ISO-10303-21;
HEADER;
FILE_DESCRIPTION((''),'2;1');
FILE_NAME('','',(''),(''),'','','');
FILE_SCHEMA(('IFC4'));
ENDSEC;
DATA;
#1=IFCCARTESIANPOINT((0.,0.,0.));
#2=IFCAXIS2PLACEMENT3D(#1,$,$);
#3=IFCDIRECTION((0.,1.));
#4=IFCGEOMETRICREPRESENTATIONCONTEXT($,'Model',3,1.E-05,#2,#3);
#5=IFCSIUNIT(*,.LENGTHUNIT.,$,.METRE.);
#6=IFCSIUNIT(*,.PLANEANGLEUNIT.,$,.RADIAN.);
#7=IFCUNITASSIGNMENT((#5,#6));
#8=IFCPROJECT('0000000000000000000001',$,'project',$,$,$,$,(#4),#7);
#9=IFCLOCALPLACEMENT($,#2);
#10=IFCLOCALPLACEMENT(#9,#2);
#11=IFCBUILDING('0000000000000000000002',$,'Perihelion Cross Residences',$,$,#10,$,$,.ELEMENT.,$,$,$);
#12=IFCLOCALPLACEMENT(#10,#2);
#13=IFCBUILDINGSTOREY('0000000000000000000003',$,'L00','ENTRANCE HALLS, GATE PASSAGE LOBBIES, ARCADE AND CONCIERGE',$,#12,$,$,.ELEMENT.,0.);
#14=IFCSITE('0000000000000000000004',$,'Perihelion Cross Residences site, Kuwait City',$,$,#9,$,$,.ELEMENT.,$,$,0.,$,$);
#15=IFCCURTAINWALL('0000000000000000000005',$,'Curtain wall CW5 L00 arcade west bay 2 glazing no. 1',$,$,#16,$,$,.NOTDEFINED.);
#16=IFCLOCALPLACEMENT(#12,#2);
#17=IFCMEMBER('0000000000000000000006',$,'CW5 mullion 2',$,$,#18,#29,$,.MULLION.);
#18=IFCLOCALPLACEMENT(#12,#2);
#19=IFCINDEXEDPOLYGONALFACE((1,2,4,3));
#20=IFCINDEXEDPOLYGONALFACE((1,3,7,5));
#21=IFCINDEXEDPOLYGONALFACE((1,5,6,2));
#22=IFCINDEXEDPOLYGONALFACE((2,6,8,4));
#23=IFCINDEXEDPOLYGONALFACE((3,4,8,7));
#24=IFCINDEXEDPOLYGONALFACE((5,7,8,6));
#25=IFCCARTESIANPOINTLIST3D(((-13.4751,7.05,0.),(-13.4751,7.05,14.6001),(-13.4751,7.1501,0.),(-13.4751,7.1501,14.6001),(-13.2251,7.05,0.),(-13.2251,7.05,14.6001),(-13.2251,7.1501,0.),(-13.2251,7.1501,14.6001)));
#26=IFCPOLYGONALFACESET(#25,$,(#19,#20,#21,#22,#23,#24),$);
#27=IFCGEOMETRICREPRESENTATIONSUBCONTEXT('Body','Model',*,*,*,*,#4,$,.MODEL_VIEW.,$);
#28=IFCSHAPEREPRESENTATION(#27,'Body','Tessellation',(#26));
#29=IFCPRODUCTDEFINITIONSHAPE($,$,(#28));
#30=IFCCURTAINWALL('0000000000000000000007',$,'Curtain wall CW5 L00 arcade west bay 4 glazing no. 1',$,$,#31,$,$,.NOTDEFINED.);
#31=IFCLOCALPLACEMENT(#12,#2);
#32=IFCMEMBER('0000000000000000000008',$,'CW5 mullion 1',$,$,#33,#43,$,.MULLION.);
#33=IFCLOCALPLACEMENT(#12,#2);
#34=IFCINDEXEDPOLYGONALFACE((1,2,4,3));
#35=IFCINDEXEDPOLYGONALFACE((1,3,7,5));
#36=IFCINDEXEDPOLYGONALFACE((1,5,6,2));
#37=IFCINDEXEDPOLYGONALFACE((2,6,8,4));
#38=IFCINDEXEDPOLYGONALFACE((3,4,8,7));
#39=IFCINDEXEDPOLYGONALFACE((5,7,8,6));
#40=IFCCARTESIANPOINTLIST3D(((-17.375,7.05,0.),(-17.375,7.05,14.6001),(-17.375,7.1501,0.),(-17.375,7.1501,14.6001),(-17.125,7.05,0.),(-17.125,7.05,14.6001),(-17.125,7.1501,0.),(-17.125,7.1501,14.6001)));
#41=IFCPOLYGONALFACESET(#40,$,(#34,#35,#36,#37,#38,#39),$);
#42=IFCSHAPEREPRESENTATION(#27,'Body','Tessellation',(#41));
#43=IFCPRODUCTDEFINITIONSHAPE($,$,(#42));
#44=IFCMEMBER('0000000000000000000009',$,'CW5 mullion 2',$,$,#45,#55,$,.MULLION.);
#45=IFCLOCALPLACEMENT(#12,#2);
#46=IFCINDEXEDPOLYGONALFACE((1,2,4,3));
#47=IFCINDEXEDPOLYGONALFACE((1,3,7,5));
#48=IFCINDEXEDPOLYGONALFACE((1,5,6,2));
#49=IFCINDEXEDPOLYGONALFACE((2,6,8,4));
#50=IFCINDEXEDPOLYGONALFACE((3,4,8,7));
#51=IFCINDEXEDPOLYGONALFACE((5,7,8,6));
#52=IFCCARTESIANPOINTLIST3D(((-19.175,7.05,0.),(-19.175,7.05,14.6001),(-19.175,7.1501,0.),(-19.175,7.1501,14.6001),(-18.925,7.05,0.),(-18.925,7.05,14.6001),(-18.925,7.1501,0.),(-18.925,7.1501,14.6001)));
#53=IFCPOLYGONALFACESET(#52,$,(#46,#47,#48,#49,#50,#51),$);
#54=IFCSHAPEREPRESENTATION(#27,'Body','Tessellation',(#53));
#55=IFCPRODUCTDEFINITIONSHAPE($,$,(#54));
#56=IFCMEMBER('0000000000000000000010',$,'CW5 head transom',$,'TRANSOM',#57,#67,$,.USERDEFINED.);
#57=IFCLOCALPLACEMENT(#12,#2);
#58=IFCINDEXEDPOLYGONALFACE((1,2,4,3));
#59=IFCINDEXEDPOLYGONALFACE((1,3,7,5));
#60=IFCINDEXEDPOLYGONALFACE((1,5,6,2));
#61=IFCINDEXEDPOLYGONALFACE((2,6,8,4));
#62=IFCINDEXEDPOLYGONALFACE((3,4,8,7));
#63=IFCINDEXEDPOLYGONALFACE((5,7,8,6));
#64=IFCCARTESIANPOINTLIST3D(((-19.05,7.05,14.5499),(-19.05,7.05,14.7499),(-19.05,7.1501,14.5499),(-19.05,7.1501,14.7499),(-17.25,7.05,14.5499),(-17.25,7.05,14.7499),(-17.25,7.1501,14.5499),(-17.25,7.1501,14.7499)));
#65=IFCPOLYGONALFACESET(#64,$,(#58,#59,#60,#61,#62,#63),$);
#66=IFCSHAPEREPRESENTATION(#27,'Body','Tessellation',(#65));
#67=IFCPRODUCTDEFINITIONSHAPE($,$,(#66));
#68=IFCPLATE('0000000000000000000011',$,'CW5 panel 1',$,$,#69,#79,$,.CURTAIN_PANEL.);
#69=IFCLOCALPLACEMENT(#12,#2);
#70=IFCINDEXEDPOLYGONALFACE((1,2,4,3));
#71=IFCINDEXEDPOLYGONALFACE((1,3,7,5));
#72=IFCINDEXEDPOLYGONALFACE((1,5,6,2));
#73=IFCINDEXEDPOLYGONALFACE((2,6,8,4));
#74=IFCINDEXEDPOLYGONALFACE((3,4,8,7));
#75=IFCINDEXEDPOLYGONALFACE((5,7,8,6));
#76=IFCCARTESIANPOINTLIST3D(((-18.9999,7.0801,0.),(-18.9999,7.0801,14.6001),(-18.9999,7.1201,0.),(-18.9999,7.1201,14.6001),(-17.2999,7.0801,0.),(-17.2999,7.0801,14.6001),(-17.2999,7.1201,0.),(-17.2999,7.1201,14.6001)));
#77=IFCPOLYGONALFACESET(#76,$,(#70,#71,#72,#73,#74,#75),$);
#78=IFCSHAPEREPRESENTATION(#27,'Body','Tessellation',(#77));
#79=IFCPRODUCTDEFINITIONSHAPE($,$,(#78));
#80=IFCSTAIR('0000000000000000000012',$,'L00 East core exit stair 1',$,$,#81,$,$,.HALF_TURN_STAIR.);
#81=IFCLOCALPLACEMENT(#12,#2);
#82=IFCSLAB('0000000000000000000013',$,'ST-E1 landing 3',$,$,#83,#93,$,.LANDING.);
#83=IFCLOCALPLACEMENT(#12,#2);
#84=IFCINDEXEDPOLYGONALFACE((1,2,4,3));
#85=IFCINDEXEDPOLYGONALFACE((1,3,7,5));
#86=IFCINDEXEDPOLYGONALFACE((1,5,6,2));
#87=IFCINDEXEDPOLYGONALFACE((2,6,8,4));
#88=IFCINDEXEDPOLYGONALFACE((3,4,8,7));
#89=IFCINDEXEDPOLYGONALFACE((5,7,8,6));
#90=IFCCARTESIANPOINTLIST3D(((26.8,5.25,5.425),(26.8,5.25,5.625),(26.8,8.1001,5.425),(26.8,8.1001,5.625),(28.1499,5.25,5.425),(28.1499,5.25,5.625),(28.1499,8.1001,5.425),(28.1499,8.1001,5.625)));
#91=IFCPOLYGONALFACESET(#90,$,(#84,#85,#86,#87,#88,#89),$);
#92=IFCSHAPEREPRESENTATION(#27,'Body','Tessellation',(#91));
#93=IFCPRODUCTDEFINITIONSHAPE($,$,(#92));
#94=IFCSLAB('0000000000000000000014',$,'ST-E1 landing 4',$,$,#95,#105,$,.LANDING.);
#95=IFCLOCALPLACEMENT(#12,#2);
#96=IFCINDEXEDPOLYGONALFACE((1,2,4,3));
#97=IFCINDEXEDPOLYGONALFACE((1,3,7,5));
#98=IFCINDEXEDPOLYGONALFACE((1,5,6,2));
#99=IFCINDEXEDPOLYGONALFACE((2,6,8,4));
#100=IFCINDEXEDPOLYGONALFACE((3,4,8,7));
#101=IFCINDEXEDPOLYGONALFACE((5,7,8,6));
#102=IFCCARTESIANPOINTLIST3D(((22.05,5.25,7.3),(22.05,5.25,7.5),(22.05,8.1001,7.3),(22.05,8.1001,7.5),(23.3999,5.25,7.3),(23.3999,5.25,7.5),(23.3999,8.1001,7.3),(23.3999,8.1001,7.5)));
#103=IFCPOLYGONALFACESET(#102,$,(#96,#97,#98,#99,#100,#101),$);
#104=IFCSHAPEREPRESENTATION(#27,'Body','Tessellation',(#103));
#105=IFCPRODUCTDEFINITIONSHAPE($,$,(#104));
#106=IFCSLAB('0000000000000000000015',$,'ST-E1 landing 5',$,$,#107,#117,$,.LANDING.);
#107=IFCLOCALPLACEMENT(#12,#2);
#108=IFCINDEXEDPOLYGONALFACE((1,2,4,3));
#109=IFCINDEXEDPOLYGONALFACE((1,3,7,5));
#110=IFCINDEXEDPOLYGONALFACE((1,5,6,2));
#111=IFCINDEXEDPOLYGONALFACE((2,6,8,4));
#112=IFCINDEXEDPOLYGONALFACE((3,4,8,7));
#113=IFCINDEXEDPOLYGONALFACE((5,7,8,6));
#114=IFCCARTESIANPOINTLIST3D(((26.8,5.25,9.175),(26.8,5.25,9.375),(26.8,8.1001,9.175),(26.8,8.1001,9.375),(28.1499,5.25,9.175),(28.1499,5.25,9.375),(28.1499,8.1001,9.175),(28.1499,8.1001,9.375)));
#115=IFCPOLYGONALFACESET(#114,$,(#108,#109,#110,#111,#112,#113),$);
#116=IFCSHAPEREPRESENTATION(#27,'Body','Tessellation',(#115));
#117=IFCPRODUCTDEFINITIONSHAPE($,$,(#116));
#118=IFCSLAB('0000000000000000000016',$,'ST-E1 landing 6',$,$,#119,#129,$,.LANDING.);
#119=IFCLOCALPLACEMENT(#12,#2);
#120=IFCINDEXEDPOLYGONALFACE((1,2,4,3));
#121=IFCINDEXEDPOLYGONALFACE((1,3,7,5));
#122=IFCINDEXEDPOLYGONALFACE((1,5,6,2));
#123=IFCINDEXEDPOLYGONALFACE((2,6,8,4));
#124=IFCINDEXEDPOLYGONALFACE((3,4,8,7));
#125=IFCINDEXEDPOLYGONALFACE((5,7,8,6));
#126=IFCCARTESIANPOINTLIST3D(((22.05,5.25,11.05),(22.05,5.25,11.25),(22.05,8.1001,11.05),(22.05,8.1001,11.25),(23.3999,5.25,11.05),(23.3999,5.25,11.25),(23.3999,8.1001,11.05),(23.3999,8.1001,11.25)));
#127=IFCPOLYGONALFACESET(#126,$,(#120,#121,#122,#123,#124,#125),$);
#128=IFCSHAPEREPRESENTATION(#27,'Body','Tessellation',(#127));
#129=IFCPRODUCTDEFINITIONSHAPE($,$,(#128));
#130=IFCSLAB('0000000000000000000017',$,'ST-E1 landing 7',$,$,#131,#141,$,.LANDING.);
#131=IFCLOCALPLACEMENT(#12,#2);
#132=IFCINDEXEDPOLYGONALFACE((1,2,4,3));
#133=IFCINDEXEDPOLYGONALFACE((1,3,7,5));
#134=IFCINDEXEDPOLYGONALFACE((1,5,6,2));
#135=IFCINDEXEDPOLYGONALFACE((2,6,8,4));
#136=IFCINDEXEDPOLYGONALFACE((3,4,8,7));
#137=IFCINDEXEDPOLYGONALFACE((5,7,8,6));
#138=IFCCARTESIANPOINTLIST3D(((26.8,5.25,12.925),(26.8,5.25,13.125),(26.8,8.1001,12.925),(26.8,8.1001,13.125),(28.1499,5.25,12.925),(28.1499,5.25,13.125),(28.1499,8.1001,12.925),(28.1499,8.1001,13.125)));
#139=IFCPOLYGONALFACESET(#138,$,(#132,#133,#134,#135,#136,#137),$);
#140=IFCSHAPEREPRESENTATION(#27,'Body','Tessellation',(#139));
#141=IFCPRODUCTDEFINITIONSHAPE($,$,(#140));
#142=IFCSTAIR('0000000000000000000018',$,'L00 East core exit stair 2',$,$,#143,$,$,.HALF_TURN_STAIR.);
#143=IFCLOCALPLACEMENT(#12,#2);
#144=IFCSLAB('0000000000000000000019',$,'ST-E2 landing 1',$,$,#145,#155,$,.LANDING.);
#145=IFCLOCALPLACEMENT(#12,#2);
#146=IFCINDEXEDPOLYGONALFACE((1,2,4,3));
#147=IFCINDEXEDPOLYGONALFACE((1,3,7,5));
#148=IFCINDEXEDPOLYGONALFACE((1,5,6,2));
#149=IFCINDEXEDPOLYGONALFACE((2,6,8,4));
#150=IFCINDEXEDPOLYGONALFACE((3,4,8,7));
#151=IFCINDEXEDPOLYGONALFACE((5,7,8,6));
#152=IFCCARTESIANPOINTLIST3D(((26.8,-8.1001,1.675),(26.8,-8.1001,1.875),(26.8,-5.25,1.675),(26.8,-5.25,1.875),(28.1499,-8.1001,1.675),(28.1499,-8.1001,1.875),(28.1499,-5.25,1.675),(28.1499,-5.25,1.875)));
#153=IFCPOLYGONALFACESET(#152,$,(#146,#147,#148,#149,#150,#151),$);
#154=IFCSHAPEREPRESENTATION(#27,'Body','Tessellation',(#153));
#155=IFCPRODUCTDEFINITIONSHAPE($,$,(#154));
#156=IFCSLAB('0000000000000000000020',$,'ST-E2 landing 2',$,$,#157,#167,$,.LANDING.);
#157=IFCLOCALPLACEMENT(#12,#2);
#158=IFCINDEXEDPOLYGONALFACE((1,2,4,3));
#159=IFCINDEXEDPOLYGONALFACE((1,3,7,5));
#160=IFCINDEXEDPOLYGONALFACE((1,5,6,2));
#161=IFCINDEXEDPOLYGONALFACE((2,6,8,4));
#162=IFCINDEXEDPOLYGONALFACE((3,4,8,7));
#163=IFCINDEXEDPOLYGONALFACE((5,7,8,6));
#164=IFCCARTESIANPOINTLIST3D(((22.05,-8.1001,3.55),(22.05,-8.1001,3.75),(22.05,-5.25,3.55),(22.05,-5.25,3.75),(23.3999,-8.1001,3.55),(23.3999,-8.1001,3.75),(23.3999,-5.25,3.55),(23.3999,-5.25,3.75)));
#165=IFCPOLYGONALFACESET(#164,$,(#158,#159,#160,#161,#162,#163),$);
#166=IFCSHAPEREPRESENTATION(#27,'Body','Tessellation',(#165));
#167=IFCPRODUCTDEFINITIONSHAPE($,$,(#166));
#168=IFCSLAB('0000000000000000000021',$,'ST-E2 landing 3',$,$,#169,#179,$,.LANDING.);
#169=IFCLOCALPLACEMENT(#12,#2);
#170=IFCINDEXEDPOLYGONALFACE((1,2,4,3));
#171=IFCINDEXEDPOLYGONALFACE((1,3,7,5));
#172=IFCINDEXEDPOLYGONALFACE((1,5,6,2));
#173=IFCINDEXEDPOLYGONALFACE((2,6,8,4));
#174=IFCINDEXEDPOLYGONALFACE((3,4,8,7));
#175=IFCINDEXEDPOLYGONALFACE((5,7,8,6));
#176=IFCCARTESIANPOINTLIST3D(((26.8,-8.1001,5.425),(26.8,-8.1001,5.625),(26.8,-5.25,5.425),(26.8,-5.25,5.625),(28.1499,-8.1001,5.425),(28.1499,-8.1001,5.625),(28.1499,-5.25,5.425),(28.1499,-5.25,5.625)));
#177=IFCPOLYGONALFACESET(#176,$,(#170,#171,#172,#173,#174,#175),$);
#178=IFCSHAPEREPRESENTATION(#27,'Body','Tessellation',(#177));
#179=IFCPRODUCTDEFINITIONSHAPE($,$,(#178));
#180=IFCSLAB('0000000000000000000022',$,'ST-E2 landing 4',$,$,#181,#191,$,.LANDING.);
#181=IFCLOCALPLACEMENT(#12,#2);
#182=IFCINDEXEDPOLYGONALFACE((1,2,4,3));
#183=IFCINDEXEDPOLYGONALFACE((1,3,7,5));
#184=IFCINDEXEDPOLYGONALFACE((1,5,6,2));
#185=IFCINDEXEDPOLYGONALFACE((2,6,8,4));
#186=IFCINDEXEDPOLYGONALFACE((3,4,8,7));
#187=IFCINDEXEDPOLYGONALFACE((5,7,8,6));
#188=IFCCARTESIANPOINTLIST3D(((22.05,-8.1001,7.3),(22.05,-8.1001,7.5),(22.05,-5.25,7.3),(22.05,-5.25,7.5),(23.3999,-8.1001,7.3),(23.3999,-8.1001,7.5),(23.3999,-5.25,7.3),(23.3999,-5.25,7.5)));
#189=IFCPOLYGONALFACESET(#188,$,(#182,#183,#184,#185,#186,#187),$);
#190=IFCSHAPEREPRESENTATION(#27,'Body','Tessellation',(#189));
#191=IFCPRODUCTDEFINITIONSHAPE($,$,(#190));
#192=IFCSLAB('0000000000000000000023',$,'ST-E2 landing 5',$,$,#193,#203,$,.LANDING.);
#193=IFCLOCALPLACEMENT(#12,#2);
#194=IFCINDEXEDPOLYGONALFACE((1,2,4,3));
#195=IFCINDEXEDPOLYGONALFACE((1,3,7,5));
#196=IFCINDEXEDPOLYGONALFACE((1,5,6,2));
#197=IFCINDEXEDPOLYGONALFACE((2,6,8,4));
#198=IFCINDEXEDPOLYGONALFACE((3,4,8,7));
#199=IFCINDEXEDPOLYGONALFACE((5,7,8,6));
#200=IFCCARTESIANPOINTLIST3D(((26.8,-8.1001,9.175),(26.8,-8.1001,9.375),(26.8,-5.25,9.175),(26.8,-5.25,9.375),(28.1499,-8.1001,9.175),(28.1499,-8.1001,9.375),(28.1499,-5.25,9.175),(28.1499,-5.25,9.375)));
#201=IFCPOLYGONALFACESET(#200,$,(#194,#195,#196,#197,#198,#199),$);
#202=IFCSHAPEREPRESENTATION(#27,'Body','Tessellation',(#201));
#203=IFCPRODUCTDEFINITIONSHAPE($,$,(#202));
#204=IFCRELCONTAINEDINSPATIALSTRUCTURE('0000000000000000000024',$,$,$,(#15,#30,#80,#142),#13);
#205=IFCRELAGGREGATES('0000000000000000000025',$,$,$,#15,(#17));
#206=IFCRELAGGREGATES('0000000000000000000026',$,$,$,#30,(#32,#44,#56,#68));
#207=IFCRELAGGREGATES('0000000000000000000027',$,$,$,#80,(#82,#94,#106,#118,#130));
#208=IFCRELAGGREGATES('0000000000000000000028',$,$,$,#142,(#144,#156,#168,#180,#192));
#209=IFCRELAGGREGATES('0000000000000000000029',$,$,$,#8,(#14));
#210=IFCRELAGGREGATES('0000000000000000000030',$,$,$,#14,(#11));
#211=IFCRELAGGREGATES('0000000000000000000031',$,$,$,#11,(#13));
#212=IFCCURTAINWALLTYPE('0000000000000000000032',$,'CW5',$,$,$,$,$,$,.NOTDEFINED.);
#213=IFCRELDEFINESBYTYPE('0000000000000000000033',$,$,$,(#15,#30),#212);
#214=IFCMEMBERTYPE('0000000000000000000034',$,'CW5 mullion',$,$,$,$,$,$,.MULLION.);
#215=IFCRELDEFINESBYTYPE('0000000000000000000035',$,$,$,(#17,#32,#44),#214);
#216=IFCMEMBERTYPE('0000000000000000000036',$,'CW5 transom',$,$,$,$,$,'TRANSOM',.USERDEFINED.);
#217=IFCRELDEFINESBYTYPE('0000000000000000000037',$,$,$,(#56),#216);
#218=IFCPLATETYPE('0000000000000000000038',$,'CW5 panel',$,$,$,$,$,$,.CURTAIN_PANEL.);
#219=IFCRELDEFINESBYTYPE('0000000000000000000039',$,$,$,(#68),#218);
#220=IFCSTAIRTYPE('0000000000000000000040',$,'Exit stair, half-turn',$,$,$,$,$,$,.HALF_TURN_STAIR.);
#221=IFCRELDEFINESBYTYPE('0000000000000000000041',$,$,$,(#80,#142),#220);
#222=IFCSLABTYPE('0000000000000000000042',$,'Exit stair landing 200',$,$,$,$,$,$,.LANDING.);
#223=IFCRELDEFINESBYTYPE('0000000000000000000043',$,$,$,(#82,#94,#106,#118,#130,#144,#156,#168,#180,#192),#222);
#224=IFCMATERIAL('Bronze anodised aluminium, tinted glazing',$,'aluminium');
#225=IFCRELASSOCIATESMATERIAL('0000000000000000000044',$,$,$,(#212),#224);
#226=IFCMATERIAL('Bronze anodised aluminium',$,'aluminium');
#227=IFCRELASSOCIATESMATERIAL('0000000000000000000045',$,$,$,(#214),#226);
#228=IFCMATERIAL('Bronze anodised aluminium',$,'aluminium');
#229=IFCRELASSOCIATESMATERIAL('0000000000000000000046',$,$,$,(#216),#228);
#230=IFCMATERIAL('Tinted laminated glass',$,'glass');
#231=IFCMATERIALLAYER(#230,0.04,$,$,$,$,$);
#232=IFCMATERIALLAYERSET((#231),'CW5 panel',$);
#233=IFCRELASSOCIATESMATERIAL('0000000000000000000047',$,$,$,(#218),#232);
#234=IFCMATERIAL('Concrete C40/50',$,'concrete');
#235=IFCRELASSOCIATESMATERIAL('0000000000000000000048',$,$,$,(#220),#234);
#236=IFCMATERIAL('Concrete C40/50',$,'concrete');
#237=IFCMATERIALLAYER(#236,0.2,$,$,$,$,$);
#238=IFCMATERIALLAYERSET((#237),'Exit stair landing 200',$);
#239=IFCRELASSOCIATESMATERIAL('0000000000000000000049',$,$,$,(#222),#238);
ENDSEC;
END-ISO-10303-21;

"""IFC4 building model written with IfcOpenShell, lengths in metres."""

from ifc_helpers import new_model, si_unit, direction, frame, origin, origin_2d, place, context, subcontext, project, spatial, polyline, rectangle, outline, extrude, material, layer, layer_set, material_profile, profile_set, type_object, element, aggregate, save


model = new_model("IFC4")

# Units and contexts
model_context = context("Model", 3, precision=1e-05, world=origin(), true_north=direction((0.0, 1.0)))
body_context = subcontext(model_context, "Body", "Model", "MODEL_VIEW")
ifc_project = project(units=[si_unit("LENGTHUNIT", "METRE"), si_unit("PLANEANGLEUNIT", "RADIAN")], contexts=[model_context])

# Site, building, storey
site_placement = place(None, origin())
site = spatial("IfcSite", under=ifc_project, at=site_placement, Name="Perihelion Cross Residences site, Kuwait City", CompositionType="ELEMENT", RefElevation=0.0)
building_placement = place(site_placement, origin())
building = spatial("IfcBuilding", under=site, at=building_placement, Name="Perihelion Cross Residences", CompositionType="ELEMENT")
storey_placement = place(building_placement, origin())
storey = spatial("IfcBuildingStorey", under=building, at=storey_placement, Name="L00", Description="ENTRANCE HALLS, GATE PASSAGE LOBBIES, ARCADE AND CONCIERGE", CompositionType="ELEMENT", Elevation=0.0)

# Curtain wall, member
ifc_material_1 = material(Name="Bronze anodised aluminium, tinted glazing", Category="aluminium")
curtain_wall_type = type_object("IfcCurtainWallType", Name="CW5", PredefinedType="NOTDEFINED", material=ifc_material_1)
curtain_wall_1_placement = place(storey_placement, origin())
curtain_wall_1 = element("IfcCurtainWall", 1, at=curtain_wall_1_placement, inside=storey, type_object=curtain_wall_type, Name="Curtain wall CW5 L00 arcade west bay 2 glazing no. 1", PredefinedType="NOTDEFINED")
ifc_material_2 = material(Name="Bronze anodised aluminium", Category="aluminium")
ifc_material_profile_1 = material_profile(ifc_material_2, rectangle(XDim=0.1001, YDim=0.25, at=origin_2d()), Name="CW5 mullion")
ifc_profile_set_1 = profile_set([ifc_material_profile_1], Name="Bronze anodised aluminium")
member_type_1 = type_object("IfcMemberType", Name="CW5 mullion", PredefinedType="MULLION", material=ifc_profile_set_1)
member_1_placement = place(storey_placement, frame((-13.3501, 7.1001, 0.0), z_axis=(0.0, 0.0, 1.0), x_axis=(0.0, -1.0, 0.0)))
member_1 = element("IfcMember", 2, at=member_1_placement, type_object=member_type_1, Name="CW5 mullion 2", PredefinedType="MULLION", context=body_context, shape_type="SweptSolid", body=[
    extrude(rectangle(XDim=0.1001, YDim=0.25, at=origin_2d()), origin(), (0.0, 0.0, 1.0), 14.6001),
])
aggregate(curtain_wall_1, [member_1])

# Curtain wall, members, plate
curtain_wall_2_placement = place(storey_placement, origin())
curtain_wall_2 = element("IfcCurtainWall", 3, at=curtain_wall_2_placement, inside=storey, type_object=curtain_wall_type, Name="Curtain wall CW5 L00 arcade west bay 4 glazing no. 1", PredefinedType="NOTDEFINED")
member_2_placement = place(storey_placement, frame((-17.25, 7.1001, 0.0), z_axis=(0.0, 0.0, 1.0), x_axis=(0.0, -1.0, 0.0)))
member_2 = element("IfcMember", 4, at=member_2_placement, type_object=member_type_1, Name="CW5 mullion 1", PredefinedType="MULLION", context=body_context, shape_type="SweptSolid", body=[
    extrude(rectangle(XDim=0.1001, YDim=0.25, at=origin_2d()), origin(), (0.0, 0.0, 1.0), 14.6001),
])
member_3_placement = place(storey_placement, frame((-19.05, 7.1001, 0.0), z_axis=(0.0, 0.0, 1.0), x_axis=(0.0, -1.0, 0.0)))
member_3 = element("IfcMember", 5, at=member_3_placement, type_object=member_type_1, Name="CW5 mullion 2", PredefinedType="MULLION", context=body_context, shape_type="SweptSolid", body=[
    extrude(rectangle(XDim=0.1001, YDim=0.25, at=origin_2d()), origin(), (0.0, 0.0, 1.0), 14.6001),
])
ifc_material_3 = material(Name="Bronze anodised aluminium", Category="aluminium")
ifc_material_profile_2 = material_profile(ifc_material_3, rectangle(XDim=0.1001, YDim=0.2, at=origin_2d()), Name="CW5 transom")
ifc_profile_set_2 = profile_set([ifc_material_profile_2], Name="Bronze anodised aluminium")
member_type_2 = type_object("IfcMemberType", Name="CW5 transom", ElementType="TRANSOM", PredefinedType="USERDEFINED", material=ifc_profile_set_2)
member_4_placement = place(storey_placement, frame((-17.25, 7.1001, 14.6499), z_axis=(-1.0, 0.0, 0.0), x_axis=(0.0, -1.0, 0.0)))
member_4 = element("IfcMember", 6, at=member_4_placement, type_object=member_type_2, Name="CW5 head transom", ObjectType="TRANSOM", PredefinedType="USERDEFINED", context=body_context, shape_type="SweptSolid", body=[
    extrude(rectangle(XDim=0.1001, YDim=0.2, at=origin_2d()), origin(), (0.0, 0.0, 1.0), 1.8),
])
ifc_material_4 = material(Name="Tinted laminated glass", Category="glass")
ifc_layer_1 = layer(ifc_material_4, 0.04)
ifc_layer_set_1 = layer_set([ifc_layer_1], Name="CW5 panel")
plate_type = type_object("IfcPlateType", Name="CW5 panel", PredefinedType="CURTAIN_PANEL", material=ifc_layer_set_1)
plate_placement = place(storey_placement, frame((-18.1499, 7.1001, 0.0), z_axis=(0.0, 0.0, 1.0), x_axis=(-1.0, 0.0, 0.0)))
plate = element("IfcPlate", 7, at=plate_placement, type_object=plate_type, Name="CW5 panel 1", PredefinedType="CURTAIN_PANEL", context=body_context, shape_type="SweptSolid", body=[
    extrude(rectangle(XDim=1.7, YDim=0.04, at=origin_2d()), origin(), (0.0, 0.0, 1.0), 14.6001),
])
aggregate(curtain_wall_2, [member_2, member_3, member_4, plate])

# Stairs, slabs
ifc_material_5 = material(Name="Concrete C40/50", Category="concrete")
stair_type = type_object("IfcStairType", Name="Exit stair, half-turn", PredefinedType="HALF_TURN_STAIR", material=ifc_material_5)
stair_1_placement = place(storey_placement, origin())
stair_1 = element("IfcStair", 8, at=stair_1_placement, inside=storey, type_object=stair_type, Name="L00 East core exit stair 1", PredefinedType="HALF_TURN_STAIR")
ifc_material_6 = material(Name="Concrete C40/50", Category="concrete")
ifc_layer_2 = layer(ifc_material_6, 0.2)
ifc_layer_set_2 = layer_set([ifc_layer_2], Name="Exit stair landing 200")
slab_type = type_object("IfcSlabType", Name="Exit stair landing 200", PredefinedType="LANDING", material=ifc_layer_set_2)
slab_1_placement = place(storey_placement, frame((0.0, 0.0, 5.425)))
slab_1 = element("IfcSlab", 9, at=slab_1_placement, type_object=slab_type, Name="ST-E1 landing 3", PredefinedType="LANDING", context=body_context, shape_type="SweptSolid", body=[
    extrude(outline(polyline([(26.8, 5.25), (28.1499, 5.25), (28.1499, 8.1001), (26.8, 8.1001), (26.8, 5.25)])), origin(), (0.0, 0.0, 1.0), 0.2),
])
slab_2_placement = place(storey_placement, frame((0.0, 0.0, 7.3)))
slab_2 = element("IfcSlab", 10, at=slab_2_placement, type_object=slab_type, Name="ST-E1 landing 4", PredefinedType="LANDING", context=body_context, shape_type="SweptSolid", body=[
    extrude(outline(polyline([(22.05, 5.25), (23.3999, 5.25), (23.3999, 8.1001), (22.05, 8.1001), (22.05, 5.25)])), origin(), (0.0, 0.0, 1.0), 0.2),
])
slab_3_placement = place(storey_placement, frame((0.0, 0.0, 9.175)))
slab_3 = element("IfcSlab", 11, at=slab_3_placement, type_object=slab_type, Name="ST-E1 landing 5", PredefinedType="LANDING", context=body_context, shape_type="SweptSolid", body=[
    extrude(outline(polyline([(26.8, 5.25), (28.1499, 5.25), (28.1499, 8.1001), (26.8, 8.1001), (26.8, 5.25)])), origin(), (0.0, 0.0, 1.0), 0.2),
])
slab_4_placement = place(storey_placement, frame((0.0, 0.0, 11.05)))
slab_4 = element("IfcSlab", 12, at=slab_4_placement, type_object=slab_type, Name="ST-E1 landing 6", PredefinedType="LANDING", context=body_context, shape_type="SweptSolid", body=[
    extrude(outline(polyline([(22.05, 5.25), (23.3999, 5.25), (23.3999, 8.1001), (22.05, 8.1001), (22.05, 5.25)])), origin(), (0.0, 0.0, 1.0), 0.2),
])
slab_5_placement = place(storey_placement, frame((0.0, 0.0, 12.925)))
slab_5 = element("IfcSlab", 13, at=slab_5_placement, type_object=slab_type, Name="ST-E1 landing 7", PredefinedType="LANDING", context=body_context, shape_type="SweptSolid", body=[
    extrude(outline(polyline([(26.8, 5.25), (28.1499, 5.25), (28.1499, 8.1001), (26.8, 8.1001), (26.8, 5.25)])), origin(), (0.0, 0.0, 1.0), 0.2),
])
aggregate(stair_1, [slab_1, slab_2, slab_3, slab_4, slab_5])
stair_2_placement = place(storey_placement, origin())
stair_2 = element("IfcStair", 14, at=stair_2_placement, inside=storey, type_object=stair_type, Name="L00 East core exit stair 2", PredefinedType="HALF_TURN_STAIR")
slab_6_placement = place(storey_placement, frame((0.0, 0.0, 1.675)))
slab_6 = element("IfcSlab", 15, at=slab_6_placement, type_object=slab_type, Name="ST-E2 landing 1", PredefinedType="LANDING", context=body_context, shape_type="SweptSolid", body=[
    extrude(outline(polyline([(26.8, -8.1001), (28.1499, -8.1001), (28.1499, -5.25), (26.8, -5.25), (26.8, -8.1001)])), origin(), (0.0, 0.0, 1.0), 0.2),
])
slab_7_placement = place(storey_placement, frame((0.0, 0.0, 3.55)))
slab_7 = element("IfcSlab", 16, at=slab_7_placement, type_object=slab_type, Name="ST-E2 landing 2", PredefinedType="LANDING", context=body_context, shape_type="SweptSolid", body=[
    extrude(outline(polyline([(22.05, -8.1001), (23.3999, -8.1001), (23.3999, -5.25), (22.05, -5.25), (22.05, -8.1001)])), origin(), (0.0, 0.0, 1.0), 0.2),
])
slab_8_placement = place(storey_placement, frame((0.0, 0.0, 5.425)))
slab_8 = element("IfcSlab", 17, at=slab_8_placement, type_object=slab_type, Name="ST-E2 landing 3", PredefinedType="LANDING", context=body_context, shape_type="SweptSolid", body=[
    extrude(outline(polyline([(26.8, -8.1001), (28.1499, -8.1001), (28.1499, -5.25), (26.8, -5.25), (26.8, -8.1001)])), origin(), (0.0, 0.0, 1.0), 0.2),
])
slab_9_placement = place(storey_placement, frame((0.0, 0.0, 7.3)))
slab_9 = element("IfcSlab", 18, at=slab_9_placement, type_object=slab_type, Name="ST-E2 landing 4", PredefinedType="LANDING", context=body_context, shape_type="SweptSolid", body=[
    extrude(outline(polyline([(22.05, -8.1001), (23.3999, -8.1001), (23.3999, -5.25), (22.05, -5.25), (22.05, -8.1001)])), origin(), (0.0, 0.0, 1.0), 0.2),
])
slab_10_placement = place(storey_placement, frame((0.0, 0.0, 9.175)))
slab_10 = element("IfcSlab", 19, at=slab_10_placement, type_object=slab_type, Name="ST-E2 landing 5", PredefinedType="LANDING", context=body_context, shape_type="SweptSolid", body=[
    extrude(outline(polyline([(26.8, -8.1001), (28.1499, -8.1001), (28.1499, -5.25), (26.8, -5.25), (26.8, -8.1001)])), origin(), (0.0, 0.0, 1.0), 0.2),
])
aggregate(stair_2, [slab_6, slab_7, slab_8, slab_9, slab_10])

save(model, "model.ifc")
